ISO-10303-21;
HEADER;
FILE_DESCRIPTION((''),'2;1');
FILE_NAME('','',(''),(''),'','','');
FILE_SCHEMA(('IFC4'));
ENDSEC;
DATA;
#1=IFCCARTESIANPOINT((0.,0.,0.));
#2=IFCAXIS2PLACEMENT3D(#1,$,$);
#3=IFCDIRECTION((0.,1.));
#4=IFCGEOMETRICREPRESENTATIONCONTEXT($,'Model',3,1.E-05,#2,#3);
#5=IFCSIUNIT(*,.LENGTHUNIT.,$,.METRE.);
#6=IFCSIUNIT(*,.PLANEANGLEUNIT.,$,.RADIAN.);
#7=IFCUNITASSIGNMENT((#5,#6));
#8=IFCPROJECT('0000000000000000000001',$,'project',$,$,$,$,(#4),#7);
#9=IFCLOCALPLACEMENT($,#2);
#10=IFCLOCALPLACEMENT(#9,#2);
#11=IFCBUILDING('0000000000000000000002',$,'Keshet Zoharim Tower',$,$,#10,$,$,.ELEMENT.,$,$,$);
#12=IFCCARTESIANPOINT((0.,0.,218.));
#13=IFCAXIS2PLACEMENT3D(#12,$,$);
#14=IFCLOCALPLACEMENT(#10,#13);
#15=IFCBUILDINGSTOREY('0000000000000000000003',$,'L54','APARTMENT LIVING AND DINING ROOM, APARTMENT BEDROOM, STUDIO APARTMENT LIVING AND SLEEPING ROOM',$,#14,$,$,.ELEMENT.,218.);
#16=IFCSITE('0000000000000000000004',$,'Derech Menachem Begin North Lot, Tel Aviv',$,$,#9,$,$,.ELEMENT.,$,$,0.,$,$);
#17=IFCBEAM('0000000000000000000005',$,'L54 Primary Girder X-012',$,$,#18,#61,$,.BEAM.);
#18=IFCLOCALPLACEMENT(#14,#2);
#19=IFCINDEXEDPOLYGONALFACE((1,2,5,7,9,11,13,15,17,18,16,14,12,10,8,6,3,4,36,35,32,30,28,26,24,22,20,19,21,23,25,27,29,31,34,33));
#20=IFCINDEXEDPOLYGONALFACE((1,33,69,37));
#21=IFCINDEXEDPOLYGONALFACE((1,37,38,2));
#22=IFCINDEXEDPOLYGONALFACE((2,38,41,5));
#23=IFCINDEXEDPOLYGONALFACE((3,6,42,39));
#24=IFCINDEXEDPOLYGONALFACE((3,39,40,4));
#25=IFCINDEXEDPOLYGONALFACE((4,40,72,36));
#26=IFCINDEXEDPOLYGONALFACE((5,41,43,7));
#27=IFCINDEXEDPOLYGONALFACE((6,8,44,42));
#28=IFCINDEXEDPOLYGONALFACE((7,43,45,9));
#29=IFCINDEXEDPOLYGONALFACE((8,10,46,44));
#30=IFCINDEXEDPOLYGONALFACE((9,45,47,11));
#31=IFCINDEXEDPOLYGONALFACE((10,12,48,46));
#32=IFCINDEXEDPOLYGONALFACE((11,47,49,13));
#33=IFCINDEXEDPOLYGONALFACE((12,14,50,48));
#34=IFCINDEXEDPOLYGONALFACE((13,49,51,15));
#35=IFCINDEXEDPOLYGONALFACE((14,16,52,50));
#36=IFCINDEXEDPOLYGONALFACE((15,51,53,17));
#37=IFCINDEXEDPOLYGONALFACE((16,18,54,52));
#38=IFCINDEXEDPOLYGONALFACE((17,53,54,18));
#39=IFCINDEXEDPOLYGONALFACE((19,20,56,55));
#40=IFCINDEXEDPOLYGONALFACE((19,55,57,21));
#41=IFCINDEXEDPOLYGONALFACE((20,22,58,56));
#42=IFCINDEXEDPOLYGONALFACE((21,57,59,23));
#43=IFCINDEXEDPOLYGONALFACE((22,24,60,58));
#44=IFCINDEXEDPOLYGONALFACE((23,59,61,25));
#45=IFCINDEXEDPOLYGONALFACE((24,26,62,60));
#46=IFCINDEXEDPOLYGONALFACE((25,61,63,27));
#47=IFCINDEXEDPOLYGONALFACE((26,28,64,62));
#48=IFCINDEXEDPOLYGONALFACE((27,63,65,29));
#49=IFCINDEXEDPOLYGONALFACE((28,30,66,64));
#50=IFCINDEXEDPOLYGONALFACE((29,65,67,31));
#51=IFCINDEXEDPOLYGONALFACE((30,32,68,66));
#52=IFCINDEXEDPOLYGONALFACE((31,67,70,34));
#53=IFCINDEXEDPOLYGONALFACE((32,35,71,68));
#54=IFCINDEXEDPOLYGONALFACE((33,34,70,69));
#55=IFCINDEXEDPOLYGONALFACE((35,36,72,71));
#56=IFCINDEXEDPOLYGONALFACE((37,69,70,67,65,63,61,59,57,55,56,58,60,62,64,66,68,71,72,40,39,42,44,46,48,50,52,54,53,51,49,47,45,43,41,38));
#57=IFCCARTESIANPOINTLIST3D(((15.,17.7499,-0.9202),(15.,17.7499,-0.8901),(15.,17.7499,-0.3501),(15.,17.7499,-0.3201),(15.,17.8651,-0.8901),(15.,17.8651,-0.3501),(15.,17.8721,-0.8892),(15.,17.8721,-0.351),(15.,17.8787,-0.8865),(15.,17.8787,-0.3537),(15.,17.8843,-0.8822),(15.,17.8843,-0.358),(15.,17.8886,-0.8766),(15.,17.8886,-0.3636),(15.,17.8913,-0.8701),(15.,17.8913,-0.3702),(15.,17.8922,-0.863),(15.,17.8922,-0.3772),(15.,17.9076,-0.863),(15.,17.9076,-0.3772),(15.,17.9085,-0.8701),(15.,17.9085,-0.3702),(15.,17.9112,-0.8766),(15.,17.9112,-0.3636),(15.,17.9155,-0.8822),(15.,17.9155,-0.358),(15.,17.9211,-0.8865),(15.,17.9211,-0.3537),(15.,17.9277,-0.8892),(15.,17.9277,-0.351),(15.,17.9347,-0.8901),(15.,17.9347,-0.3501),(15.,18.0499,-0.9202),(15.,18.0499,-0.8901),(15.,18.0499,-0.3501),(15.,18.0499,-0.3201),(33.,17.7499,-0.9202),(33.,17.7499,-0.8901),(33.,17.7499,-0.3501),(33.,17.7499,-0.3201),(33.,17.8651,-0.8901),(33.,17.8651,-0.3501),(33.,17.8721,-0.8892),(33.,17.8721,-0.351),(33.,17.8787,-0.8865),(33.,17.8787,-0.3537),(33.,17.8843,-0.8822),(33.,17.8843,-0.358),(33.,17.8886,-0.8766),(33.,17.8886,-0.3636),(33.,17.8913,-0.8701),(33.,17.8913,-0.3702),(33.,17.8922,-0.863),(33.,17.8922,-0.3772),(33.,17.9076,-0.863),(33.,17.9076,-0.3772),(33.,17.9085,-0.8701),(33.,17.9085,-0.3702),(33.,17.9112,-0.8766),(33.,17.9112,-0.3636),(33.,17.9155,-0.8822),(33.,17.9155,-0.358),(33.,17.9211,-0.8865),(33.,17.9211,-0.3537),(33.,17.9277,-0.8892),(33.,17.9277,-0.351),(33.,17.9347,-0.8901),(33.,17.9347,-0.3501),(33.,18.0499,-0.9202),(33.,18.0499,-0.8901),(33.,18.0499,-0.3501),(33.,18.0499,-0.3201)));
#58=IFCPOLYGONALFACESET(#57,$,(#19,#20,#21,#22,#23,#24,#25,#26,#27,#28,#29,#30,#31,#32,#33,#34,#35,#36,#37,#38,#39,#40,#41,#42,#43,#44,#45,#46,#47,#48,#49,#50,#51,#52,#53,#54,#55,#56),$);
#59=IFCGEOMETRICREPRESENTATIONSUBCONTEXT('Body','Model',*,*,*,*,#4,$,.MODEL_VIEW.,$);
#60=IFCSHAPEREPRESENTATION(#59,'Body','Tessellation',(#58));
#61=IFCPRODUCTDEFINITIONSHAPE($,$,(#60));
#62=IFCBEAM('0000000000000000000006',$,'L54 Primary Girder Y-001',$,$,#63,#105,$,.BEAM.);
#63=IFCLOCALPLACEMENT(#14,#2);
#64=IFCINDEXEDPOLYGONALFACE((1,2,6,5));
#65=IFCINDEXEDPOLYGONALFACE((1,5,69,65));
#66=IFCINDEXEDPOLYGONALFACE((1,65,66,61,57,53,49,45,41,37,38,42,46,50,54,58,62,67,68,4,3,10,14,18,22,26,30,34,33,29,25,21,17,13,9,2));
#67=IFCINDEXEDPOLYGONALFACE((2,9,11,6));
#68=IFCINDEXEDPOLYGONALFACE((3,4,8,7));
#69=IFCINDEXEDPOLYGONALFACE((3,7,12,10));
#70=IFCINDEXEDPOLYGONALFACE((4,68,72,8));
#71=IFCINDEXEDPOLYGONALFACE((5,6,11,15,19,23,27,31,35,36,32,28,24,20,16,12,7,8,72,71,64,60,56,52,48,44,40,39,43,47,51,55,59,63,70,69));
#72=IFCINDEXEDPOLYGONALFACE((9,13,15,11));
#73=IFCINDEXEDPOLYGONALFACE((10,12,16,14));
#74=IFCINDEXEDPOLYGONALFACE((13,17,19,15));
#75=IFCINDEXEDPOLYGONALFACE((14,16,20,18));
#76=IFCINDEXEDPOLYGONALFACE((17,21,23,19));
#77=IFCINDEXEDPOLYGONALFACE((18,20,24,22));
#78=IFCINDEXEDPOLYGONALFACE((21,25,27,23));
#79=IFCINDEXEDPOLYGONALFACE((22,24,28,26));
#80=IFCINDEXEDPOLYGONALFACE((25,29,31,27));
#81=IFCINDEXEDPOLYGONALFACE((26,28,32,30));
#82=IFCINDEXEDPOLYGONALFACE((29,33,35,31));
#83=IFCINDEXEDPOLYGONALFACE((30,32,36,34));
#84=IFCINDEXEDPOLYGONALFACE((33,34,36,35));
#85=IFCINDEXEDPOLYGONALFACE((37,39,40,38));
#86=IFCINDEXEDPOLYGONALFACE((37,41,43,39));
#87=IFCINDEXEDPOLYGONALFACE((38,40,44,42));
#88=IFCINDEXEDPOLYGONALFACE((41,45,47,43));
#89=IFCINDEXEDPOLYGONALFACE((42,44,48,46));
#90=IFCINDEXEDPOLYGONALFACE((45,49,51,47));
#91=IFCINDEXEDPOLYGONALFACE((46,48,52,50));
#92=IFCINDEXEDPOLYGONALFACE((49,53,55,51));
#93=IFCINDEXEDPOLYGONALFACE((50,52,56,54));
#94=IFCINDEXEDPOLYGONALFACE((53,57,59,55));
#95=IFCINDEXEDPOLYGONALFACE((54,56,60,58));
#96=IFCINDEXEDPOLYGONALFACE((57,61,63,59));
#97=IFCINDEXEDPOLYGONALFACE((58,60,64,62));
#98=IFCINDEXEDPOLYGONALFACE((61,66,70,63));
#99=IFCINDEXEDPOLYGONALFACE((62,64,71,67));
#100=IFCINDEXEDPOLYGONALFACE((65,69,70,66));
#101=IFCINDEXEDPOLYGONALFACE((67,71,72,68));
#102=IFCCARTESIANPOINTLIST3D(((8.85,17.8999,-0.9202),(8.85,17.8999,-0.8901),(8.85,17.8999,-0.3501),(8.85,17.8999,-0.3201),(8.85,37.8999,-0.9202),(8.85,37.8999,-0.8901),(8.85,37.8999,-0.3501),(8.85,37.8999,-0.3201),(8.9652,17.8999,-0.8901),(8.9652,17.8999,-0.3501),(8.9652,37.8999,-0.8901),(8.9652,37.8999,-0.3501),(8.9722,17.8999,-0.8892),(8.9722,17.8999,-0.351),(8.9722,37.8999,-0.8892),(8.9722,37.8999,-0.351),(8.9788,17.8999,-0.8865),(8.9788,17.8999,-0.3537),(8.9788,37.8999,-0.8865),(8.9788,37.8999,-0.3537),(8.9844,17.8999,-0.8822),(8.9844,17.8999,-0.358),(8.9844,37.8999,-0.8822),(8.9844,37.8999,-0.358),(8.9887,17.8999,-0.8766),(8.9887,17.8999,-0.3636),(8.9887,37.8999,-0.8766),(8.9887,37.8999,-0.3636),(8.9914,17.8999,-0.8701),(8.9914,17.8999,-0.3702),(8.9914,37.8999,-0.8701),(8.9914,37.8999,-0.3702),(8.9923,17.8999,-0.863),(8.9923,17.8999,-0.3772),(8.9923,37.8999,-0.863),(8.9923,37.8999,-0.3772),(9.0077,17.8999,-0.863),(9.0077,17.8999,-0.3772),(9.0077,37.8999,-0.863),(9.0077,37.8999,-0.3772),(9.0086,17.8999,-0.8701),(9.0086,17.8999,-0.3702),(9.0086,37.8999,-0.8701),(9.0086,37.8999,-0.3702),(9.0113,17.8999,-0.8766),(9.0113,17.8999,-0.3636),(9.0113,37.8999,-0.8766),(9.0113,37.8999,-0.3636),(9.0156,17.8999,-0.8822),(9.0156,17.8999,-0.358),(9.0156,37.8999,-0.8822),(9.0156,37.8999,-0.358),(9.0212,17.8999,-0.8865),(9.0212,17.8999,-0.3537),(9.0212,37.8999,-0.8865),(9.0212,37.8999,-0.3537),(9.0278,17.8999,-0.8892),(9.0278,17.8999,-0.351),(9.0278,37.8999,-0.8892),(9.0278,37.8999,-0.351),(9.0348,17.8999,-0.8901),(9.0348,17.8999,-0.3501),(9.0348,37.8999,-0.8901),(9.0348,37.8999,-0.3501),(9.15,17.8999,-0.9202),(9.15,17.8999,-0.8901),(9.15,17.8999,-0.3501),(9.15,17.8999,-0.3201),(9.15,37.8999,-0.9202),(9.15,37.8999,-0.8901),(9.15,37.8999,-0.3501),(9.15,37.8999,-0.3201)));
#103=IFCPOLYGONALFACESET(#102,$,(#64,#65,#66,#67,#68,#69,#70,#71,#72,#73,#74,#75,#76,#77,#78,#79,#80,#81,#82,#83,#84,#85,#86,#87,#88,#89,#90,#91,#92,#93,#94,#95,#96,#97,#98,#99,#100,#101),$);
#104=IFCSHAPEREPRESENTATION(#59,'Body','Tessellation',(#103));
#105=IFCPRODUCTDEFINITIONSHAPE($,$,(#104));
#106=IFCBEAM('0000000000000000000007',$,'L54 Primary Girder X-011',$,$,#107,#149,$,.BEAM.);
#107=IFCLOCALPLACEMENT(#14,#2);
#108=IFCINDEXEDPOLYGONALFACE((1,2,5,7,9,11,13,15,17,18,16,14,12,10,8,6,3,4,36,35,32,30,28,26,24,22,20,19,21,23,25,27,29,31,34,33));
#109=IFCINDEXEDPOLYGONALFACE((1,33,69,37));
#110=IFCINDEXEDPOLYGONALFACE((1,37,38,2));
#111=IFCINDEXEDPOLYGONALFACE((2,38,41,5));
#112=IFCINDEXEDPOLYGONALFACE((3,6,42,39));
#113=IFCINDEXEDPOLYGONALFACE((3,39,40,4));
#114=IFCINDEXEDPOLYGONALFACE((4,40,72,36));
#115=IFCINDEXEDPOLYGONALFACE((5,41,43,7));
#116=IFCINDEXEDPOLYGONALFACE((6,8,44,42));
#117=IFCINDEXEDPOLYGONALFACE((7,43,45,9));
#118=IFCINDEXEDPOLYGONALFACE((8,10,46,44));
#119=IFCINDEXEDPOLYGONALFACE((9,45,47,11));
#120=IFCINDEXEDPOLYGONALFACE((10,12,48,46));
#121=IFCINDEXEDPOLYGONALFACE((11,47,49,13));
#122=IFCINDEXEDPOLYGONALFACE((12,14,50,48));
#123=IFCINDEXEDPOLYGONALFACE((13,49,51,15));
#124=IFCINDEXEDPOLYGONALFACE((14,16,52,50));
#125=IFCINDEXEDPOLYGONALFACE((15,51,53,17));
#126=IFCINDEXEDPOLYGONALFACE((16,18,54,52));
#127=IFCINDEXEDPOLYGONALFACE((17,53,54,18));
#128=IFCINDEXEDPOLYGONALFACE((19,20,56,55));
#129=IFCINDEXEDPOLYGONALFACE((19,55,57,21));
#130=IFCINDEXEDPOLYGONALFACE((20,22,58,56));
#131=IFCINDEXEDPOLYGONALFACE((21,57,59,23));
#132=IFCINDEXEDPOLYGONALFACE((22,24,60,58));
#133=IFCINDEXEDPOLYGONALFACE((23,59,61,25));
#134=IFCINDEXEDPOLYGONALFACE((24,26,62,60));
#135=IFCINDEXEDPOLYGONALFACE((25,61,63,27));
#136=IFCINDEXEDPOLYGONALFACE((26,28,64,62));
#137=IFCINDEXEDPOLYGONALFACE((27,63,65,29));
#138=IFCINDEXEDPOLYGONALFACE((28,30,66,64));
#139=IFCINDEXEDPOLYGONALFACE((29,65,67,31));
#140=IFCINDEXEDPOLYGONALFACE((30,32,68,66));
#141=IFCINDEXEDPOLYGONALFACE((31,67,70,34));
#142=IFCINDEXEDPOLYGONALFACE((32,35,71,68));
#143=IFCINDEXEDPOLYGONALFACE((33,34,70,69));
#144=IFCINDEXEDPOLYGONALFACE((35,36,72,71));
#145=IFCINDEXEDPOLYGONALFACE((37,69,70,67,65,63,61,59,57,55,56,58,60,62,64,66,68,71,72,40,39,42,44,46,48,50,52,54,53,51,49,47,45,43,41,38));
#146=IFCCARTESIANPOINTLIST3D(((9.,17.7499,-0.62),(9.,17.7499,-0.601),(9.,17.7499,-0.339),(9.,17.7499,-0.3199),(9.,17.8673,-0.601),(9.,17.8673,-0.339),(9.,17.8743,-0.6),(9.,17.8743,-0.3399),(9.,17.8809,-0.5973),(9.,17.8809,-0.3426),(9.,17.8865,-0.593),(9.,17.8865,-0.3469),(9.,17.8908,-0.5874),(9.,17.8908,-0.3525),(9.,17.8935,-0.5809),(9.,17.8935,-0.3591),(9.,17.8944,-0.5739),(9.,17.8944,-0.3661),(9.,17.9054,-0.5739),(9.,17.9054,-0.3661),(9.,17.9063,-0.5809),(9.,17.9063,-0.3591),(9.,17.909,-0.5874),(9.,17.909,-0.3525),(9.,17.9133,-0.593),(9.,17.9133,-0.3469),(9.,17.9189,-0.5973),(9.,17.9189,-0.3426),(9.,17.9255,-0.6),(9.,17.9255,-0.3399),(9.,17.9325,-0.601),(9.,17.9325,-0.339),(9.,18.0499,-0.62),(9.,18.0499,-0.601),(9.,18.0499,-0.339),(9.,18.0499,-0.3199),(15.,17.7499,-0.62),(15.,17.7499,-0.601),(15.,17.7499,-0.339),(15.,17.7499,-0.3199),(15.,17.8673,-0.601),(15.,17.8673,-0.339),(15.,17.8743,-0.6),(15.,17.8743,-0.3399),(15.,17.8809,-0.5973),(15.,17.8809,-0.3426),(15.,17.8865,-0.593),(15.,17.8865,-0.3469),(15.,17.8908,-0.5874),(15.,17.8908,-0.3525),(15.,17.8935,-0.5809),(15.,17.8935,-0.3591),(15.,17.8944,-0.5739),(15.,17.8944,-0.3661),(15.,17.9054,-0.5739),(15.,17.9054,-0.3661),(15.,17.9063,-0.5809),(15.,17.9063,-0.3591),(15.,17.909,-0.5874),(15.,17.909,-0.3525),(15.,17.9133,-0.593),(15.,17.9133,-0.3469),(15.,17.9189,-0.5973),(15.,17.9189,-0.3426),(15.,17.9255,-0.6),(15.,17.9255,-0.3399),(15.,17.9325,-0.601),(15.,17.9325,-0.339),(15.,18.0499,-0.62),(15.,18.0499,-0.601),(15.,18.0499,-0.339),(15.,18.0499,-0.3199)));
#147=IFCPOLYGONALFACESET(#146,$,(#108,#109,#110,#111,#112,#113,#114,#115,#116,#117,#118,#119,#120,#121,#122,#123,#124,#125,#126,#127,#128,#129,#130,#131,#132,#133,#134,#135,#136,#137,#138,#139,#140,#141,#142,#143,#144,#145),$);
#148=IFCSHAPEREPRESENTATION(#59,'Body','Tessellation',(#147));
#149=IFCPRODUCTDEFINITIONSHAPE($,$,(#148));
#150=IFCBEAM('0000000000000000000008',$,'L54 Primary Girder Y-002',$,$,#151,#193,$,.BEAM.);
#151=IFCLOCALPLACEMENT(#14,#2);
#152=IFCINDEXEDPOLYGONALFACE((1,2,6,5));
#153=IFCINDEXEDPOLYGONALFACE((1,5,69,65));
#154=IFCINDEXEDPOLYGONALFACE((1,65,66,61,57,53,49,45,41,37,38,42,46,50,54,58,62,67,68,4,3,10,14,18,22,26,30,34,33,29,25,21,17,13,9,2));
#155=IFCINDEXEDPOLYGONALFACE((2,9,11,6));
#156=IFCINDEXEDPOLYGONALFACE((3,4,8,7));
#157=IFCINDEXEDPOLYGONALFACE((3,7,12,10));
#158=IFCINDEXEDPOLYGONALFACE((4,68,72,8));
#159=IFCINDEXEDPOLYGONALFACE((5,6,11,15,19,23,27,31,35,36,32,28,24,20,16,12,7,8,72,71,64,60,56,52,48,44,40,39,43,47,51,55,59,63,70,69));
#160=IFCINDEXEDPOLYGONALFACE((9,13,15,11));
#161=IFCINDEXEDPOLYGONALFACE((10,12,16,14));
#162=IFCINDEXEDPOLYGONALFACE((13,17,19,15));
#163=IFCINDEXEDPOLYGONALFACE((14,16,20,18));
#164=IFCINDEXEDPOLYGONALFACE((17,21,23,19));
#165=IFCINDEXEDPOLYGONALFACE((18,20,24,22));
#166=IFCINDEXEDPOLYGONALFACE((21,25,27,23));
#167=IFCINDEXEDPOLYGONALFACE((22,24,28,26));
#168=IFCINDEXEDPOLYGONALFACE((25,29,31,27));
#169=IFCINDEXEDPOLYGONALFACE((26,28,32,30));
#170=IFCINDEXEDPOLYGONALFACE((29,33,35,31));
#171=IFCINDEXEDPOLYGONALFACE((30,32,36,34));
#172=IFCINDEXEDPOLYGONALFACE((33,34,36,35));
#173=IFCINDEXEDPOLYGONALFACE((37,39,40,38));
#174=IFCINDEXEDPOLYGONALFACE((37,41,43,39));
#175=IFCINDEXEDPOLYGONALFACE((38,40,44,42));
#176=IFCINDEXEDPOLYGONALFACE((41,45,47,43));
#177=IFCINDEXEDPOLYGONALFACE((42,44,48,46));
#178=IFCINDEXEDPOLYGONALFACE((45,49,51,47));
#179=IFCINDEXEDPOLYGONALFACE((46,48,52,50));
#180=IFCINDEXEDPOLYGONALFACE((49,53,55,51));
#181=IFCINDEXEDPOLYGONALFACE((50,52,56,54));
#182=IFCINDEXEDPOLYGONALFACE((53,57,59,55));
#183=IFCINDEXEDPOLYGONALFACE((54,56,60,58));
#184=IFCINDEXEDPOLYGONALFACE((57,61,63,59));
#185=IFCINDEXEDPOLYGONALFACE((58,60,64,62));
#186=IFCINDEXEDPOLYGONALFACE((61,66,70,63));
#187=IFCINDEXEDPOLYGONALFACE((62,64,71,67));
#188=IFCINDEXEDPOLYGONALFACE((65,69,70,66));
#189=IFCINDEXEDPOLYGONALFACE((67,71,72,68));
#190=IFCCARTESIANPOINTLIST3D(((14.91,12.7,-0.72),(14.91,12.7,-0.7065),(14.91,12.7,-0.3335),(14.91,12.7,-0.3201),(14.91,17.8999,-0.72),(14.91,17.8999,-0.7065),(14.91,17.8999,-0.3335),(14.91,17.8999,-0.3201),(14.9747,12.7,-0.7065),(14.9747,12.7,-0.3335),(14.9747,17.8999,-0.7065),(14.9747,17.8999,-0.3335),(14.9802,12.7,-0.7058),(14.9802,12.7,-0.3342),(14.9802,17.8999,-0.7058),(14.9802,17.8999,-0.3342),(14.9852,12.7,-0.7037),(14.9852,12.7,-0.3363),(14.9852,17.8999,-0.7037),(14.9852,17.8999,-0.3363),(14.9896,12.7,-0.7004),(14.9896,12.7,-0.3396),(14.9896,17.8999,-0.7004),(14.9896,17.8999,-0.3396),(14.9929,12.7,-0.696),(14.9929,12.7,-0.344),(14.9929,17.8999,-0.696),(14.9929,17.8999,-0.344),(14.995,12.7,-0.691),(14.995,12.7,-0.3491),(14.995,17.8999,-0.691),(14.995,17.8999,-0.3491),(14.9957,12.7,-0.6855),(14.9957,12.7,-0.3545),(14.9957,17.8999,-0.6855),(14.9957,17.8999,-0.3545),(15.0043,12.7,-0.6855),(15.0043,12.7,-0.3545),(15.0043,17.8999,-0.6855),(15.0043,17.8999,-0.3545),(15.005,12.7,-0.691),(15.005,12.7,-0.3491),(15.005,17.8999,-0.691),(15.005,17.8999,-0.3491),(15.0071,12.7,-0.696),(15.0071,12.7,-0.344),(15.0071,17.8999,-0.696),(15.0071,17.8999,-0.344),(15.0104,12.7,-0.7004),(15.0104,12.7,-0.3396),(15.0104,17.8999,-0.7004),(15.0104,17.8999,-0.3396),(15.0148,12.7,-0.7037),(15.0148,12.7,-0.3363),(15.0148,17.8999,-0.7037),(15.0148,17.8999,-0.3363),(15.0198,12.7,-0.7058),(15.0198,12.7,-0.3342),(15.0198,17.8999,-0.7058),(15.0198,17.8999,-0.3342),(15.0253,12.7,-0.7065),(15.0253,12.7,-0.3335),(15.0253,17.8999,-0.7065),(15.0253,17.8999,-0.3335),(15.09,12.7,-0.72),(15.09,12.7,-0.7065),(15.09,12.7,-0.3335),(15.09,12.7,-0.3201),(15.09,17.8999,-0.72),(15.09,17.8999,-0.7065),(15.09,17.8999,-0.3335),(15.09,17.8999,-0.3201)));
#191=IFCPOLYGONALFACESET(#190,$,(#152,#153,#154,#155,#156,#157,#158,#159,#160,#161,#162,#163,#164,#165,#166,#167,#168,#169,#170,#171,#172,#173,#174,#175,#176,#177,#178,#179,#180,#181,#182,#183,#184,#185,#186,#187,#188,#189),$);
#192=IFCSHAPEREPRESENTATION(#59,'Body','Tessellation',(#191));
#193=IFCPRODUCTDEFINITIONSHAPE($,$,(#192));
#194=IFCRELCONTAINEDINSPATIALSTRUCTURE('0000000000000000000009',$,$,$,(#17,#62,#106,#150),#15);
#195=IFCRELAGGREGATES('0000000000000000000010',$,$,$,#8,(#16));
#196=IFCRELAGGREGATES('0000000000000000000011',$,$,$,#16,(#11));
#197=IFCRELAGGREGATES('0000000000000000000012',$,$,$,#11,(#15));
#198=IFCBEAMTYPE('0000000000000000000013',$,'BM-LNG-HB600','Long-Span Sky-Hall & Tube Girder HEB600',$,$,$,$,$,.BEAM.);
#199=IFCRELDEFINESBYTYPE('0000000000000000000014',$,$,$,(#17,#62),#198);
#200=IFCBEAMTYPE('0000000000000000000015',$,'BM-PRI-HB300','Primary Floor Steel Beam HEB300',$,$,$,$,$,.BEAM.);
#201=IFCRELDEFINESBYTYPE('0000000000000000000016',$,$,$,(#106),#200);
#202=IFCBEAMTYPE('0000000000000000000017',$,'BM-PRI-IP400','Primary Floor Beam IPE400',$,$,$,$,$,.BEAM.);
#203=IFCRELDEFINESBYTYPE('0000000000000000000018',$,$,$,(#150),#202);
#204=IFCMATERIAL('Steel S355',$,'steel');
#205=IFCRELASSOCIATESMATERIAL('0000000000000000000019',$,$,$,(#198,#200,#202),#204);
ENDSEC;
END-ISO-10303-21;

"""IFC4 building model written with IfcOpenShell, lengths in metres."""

from ifc_helpers import new_model, si_unit, direction, frame, origin, origin_2d, place, context, subcontext, project, spatial, i_section, extrude, material, material_profile, profile_set, type_object, element, save


model = new_model("IFC4")

# Units and contexts
model_context = context("Model", 3, precision=1e-05, world=origin(), true_north=direction((0.0, 1.0)))
body_context = subcontext(model_context, "Body", "Model", "MODEL_VIEW")
ifc_project = project(units=[si_unit("LENGTHUNIT", "METRE"), si_unit("PLANEANGLEUNIT", "RADIAN")], contexts=[model_context])

# Site, building, storey
site_placement = place(None, origin())
site = spatial("IfcSite", under=ifc_project, at=site_placement, Name="Derech Menachem Begin North Lot, Tel Aviv", CompositionType="ELEMENT", RefElevation=0.0)
building_placement = place(site_placement, origin())
building = spatial("IfcBuilding", under=site, at=building_placement, Name="Keshet Zoharim Tower", CompositionType="ELEMENT")
storey_placement = place(building_placement, frame((0.0, 0.0, 218.0)))
storey = spatial("IfcBuildingStorey", under=building, at=storey_placement, Name="L54", Description="APARTMENT LIVING AND DINING ROOM, APARTMENT BEDROOM, STUDIO APARTMENT LIVING AND SLEEPING ROOM", CompositionType="ELEMENT", Elevation=218.0)

# Shared definitions
ifc_material_1 = material(Name="Steel S355", Category="steel")

# Beams
ifc_material_profile_1 = material_profile(ifc_material_1, i_section(OverallWidth=0.3, OverallDepth=0.6001, WebThickness=0.0154, FlangeThickness=0.03, FilletRadius=0.0271, at=origin_2d()), Name="HEB600")
ifc_profile_set_1 = profile_set([ifc_material_profile_1], Name="Steel S355")
beam_type_1 = type_object("IfcBeamType", Name="BM-LNG-HB600", Description="Long-Span Sky-Hall & Tube Girder HEB600", PredefinedType="BEAM", material=ifc_profile_set_1)
for number, where, z_axis, x_axis, name in (
    (1, (15.0, 17.8999, -0.6201), (1.0, 0.0, 0.0), (0.0, 1.0, 0.0), "L54 Primary Girder X-012"),
):
    element("IfcBeam", number, at=place(storey_placement, frame(where, z_axis=z_axis, x_axis=x_axis)), inside=storey, type_object=beam_type_1, Name=name, PredefinedType="BEAM", context=body_context, shape_type="SweptSolid", body=[
        extrude(i_section(OverallWidth=0.3, OverallDepth=0.6001, WebThickness=0.0154, FlangeThickness=0.03, FilletRadius=0.0271, at=origin_2d()), origin(), (0.0, 0.0, 1.0), 18.0),
    ])
beam_1_placement = place(storey_placement, frame((9.0, 17.8999, -0.6201), z_axis=(0.0, 1.0, 0.0), x_axis=(-1.0, 0.0, 0.0)))
element("IfcBeam", 2, at=beam_1_placement, inside=storey, type_object=beam_type_1, Name="L54 Primary Girder Y-001", PredefinedType="BEAM", context=body_context, shape_type="SweptSolid", body=[
    extrude(i_section(OverallWidth=0.3, OverallDepth=0.6001, WebThickness=0.0154, FlangeThickness=0.03, FilletRadius=0.0271, at=origin_2d()), origin(), (0.0, 0.0, 1.0), 20.0),
])
ifc_material_profile_2 = material_profile(ifc_material_1, i_section(OverallWidth=0.3, OverallDepth=0.3, WebThickness=0.011, FlangeThickness=0.019, FilletRadius=0.0271, at=origin_2d()), Name="HEB300")
ifc_profile_set_2 = profile_set([ifc_material_profile_2], Name="Steel S355")
beam_type_2 = type_object("IfcBeamType", Name="BM-PRI-HB300", Description="Primary Floor Steel Beam HEB300", PredefinedType="BEAM", material=ifc_profile_set_2)
beam_2_placement = place(storey_placement, frame((9.0, 17.8999, -0.47), z_axis=(1.0, 0.0, 0.0), x_axis=(0.0, 1.0, 0.0)))
element("IfcBeam", 3, at=beam_2_placement, inside=storey, type_object=beam_type_2, Name="L54 Primary Girder X-011", PredefinedType="BEAM", context=body_context, shape_type="SweptSolid", body=[
    extrude(i_section(OverallWidth=0.3, OverallDepth=0.3, WebThickness=0.011, FlangeThickness=0.019, FilletRadius=0.0271, at=origin_2d()), origin(), (0.0, 0.0, 1.0), 6.0),
])
ifc_material_profile_3 = material_profile(ifc_material_1, i_section(OverallWidth=0.1799, OverallDepth=0.3999, WebThickness=0.0085, FlangeThickness=0.0134, FilletRadius=0.021, at=origin_2d()), Name="IPE400")
ifc_profile_set_3 = profile_set([ifc_material_profile_3], Name="Steel S355")
beam_type_3 = type_object("IfcBeamType", Name="BM-PRI-IP400", Description="Primary Floor Beam IPE400", PredefinedType="BEAM", material=ifc_profile_set_3)
beam_3_placement = place(storey_placement, frame((15.0, 12.7, -0.52), z_axis=(0.0, 1.0, 0.0), x_axis=(-1.0, 0.0, 0.0)))
element("IfcBeam", 4, at=beam_3_placement, inside=storey, type_object=beam_type_3, Name="L54 Primary Girder Y-002", PredefinedType="BEAM", context=body_context, shape_type="SweptSolid", body=[
    extrude(i_section(OverallWidth=0.1799, OverallDepth=0.3999, WebThickness=0.0085, FlangeThickness=0.0134, FilletRadius=0.021, at=origin_2d()), origin(), (0.0, 0.0, 1.0), 5.2),
])

save(model, "model.ifc")
